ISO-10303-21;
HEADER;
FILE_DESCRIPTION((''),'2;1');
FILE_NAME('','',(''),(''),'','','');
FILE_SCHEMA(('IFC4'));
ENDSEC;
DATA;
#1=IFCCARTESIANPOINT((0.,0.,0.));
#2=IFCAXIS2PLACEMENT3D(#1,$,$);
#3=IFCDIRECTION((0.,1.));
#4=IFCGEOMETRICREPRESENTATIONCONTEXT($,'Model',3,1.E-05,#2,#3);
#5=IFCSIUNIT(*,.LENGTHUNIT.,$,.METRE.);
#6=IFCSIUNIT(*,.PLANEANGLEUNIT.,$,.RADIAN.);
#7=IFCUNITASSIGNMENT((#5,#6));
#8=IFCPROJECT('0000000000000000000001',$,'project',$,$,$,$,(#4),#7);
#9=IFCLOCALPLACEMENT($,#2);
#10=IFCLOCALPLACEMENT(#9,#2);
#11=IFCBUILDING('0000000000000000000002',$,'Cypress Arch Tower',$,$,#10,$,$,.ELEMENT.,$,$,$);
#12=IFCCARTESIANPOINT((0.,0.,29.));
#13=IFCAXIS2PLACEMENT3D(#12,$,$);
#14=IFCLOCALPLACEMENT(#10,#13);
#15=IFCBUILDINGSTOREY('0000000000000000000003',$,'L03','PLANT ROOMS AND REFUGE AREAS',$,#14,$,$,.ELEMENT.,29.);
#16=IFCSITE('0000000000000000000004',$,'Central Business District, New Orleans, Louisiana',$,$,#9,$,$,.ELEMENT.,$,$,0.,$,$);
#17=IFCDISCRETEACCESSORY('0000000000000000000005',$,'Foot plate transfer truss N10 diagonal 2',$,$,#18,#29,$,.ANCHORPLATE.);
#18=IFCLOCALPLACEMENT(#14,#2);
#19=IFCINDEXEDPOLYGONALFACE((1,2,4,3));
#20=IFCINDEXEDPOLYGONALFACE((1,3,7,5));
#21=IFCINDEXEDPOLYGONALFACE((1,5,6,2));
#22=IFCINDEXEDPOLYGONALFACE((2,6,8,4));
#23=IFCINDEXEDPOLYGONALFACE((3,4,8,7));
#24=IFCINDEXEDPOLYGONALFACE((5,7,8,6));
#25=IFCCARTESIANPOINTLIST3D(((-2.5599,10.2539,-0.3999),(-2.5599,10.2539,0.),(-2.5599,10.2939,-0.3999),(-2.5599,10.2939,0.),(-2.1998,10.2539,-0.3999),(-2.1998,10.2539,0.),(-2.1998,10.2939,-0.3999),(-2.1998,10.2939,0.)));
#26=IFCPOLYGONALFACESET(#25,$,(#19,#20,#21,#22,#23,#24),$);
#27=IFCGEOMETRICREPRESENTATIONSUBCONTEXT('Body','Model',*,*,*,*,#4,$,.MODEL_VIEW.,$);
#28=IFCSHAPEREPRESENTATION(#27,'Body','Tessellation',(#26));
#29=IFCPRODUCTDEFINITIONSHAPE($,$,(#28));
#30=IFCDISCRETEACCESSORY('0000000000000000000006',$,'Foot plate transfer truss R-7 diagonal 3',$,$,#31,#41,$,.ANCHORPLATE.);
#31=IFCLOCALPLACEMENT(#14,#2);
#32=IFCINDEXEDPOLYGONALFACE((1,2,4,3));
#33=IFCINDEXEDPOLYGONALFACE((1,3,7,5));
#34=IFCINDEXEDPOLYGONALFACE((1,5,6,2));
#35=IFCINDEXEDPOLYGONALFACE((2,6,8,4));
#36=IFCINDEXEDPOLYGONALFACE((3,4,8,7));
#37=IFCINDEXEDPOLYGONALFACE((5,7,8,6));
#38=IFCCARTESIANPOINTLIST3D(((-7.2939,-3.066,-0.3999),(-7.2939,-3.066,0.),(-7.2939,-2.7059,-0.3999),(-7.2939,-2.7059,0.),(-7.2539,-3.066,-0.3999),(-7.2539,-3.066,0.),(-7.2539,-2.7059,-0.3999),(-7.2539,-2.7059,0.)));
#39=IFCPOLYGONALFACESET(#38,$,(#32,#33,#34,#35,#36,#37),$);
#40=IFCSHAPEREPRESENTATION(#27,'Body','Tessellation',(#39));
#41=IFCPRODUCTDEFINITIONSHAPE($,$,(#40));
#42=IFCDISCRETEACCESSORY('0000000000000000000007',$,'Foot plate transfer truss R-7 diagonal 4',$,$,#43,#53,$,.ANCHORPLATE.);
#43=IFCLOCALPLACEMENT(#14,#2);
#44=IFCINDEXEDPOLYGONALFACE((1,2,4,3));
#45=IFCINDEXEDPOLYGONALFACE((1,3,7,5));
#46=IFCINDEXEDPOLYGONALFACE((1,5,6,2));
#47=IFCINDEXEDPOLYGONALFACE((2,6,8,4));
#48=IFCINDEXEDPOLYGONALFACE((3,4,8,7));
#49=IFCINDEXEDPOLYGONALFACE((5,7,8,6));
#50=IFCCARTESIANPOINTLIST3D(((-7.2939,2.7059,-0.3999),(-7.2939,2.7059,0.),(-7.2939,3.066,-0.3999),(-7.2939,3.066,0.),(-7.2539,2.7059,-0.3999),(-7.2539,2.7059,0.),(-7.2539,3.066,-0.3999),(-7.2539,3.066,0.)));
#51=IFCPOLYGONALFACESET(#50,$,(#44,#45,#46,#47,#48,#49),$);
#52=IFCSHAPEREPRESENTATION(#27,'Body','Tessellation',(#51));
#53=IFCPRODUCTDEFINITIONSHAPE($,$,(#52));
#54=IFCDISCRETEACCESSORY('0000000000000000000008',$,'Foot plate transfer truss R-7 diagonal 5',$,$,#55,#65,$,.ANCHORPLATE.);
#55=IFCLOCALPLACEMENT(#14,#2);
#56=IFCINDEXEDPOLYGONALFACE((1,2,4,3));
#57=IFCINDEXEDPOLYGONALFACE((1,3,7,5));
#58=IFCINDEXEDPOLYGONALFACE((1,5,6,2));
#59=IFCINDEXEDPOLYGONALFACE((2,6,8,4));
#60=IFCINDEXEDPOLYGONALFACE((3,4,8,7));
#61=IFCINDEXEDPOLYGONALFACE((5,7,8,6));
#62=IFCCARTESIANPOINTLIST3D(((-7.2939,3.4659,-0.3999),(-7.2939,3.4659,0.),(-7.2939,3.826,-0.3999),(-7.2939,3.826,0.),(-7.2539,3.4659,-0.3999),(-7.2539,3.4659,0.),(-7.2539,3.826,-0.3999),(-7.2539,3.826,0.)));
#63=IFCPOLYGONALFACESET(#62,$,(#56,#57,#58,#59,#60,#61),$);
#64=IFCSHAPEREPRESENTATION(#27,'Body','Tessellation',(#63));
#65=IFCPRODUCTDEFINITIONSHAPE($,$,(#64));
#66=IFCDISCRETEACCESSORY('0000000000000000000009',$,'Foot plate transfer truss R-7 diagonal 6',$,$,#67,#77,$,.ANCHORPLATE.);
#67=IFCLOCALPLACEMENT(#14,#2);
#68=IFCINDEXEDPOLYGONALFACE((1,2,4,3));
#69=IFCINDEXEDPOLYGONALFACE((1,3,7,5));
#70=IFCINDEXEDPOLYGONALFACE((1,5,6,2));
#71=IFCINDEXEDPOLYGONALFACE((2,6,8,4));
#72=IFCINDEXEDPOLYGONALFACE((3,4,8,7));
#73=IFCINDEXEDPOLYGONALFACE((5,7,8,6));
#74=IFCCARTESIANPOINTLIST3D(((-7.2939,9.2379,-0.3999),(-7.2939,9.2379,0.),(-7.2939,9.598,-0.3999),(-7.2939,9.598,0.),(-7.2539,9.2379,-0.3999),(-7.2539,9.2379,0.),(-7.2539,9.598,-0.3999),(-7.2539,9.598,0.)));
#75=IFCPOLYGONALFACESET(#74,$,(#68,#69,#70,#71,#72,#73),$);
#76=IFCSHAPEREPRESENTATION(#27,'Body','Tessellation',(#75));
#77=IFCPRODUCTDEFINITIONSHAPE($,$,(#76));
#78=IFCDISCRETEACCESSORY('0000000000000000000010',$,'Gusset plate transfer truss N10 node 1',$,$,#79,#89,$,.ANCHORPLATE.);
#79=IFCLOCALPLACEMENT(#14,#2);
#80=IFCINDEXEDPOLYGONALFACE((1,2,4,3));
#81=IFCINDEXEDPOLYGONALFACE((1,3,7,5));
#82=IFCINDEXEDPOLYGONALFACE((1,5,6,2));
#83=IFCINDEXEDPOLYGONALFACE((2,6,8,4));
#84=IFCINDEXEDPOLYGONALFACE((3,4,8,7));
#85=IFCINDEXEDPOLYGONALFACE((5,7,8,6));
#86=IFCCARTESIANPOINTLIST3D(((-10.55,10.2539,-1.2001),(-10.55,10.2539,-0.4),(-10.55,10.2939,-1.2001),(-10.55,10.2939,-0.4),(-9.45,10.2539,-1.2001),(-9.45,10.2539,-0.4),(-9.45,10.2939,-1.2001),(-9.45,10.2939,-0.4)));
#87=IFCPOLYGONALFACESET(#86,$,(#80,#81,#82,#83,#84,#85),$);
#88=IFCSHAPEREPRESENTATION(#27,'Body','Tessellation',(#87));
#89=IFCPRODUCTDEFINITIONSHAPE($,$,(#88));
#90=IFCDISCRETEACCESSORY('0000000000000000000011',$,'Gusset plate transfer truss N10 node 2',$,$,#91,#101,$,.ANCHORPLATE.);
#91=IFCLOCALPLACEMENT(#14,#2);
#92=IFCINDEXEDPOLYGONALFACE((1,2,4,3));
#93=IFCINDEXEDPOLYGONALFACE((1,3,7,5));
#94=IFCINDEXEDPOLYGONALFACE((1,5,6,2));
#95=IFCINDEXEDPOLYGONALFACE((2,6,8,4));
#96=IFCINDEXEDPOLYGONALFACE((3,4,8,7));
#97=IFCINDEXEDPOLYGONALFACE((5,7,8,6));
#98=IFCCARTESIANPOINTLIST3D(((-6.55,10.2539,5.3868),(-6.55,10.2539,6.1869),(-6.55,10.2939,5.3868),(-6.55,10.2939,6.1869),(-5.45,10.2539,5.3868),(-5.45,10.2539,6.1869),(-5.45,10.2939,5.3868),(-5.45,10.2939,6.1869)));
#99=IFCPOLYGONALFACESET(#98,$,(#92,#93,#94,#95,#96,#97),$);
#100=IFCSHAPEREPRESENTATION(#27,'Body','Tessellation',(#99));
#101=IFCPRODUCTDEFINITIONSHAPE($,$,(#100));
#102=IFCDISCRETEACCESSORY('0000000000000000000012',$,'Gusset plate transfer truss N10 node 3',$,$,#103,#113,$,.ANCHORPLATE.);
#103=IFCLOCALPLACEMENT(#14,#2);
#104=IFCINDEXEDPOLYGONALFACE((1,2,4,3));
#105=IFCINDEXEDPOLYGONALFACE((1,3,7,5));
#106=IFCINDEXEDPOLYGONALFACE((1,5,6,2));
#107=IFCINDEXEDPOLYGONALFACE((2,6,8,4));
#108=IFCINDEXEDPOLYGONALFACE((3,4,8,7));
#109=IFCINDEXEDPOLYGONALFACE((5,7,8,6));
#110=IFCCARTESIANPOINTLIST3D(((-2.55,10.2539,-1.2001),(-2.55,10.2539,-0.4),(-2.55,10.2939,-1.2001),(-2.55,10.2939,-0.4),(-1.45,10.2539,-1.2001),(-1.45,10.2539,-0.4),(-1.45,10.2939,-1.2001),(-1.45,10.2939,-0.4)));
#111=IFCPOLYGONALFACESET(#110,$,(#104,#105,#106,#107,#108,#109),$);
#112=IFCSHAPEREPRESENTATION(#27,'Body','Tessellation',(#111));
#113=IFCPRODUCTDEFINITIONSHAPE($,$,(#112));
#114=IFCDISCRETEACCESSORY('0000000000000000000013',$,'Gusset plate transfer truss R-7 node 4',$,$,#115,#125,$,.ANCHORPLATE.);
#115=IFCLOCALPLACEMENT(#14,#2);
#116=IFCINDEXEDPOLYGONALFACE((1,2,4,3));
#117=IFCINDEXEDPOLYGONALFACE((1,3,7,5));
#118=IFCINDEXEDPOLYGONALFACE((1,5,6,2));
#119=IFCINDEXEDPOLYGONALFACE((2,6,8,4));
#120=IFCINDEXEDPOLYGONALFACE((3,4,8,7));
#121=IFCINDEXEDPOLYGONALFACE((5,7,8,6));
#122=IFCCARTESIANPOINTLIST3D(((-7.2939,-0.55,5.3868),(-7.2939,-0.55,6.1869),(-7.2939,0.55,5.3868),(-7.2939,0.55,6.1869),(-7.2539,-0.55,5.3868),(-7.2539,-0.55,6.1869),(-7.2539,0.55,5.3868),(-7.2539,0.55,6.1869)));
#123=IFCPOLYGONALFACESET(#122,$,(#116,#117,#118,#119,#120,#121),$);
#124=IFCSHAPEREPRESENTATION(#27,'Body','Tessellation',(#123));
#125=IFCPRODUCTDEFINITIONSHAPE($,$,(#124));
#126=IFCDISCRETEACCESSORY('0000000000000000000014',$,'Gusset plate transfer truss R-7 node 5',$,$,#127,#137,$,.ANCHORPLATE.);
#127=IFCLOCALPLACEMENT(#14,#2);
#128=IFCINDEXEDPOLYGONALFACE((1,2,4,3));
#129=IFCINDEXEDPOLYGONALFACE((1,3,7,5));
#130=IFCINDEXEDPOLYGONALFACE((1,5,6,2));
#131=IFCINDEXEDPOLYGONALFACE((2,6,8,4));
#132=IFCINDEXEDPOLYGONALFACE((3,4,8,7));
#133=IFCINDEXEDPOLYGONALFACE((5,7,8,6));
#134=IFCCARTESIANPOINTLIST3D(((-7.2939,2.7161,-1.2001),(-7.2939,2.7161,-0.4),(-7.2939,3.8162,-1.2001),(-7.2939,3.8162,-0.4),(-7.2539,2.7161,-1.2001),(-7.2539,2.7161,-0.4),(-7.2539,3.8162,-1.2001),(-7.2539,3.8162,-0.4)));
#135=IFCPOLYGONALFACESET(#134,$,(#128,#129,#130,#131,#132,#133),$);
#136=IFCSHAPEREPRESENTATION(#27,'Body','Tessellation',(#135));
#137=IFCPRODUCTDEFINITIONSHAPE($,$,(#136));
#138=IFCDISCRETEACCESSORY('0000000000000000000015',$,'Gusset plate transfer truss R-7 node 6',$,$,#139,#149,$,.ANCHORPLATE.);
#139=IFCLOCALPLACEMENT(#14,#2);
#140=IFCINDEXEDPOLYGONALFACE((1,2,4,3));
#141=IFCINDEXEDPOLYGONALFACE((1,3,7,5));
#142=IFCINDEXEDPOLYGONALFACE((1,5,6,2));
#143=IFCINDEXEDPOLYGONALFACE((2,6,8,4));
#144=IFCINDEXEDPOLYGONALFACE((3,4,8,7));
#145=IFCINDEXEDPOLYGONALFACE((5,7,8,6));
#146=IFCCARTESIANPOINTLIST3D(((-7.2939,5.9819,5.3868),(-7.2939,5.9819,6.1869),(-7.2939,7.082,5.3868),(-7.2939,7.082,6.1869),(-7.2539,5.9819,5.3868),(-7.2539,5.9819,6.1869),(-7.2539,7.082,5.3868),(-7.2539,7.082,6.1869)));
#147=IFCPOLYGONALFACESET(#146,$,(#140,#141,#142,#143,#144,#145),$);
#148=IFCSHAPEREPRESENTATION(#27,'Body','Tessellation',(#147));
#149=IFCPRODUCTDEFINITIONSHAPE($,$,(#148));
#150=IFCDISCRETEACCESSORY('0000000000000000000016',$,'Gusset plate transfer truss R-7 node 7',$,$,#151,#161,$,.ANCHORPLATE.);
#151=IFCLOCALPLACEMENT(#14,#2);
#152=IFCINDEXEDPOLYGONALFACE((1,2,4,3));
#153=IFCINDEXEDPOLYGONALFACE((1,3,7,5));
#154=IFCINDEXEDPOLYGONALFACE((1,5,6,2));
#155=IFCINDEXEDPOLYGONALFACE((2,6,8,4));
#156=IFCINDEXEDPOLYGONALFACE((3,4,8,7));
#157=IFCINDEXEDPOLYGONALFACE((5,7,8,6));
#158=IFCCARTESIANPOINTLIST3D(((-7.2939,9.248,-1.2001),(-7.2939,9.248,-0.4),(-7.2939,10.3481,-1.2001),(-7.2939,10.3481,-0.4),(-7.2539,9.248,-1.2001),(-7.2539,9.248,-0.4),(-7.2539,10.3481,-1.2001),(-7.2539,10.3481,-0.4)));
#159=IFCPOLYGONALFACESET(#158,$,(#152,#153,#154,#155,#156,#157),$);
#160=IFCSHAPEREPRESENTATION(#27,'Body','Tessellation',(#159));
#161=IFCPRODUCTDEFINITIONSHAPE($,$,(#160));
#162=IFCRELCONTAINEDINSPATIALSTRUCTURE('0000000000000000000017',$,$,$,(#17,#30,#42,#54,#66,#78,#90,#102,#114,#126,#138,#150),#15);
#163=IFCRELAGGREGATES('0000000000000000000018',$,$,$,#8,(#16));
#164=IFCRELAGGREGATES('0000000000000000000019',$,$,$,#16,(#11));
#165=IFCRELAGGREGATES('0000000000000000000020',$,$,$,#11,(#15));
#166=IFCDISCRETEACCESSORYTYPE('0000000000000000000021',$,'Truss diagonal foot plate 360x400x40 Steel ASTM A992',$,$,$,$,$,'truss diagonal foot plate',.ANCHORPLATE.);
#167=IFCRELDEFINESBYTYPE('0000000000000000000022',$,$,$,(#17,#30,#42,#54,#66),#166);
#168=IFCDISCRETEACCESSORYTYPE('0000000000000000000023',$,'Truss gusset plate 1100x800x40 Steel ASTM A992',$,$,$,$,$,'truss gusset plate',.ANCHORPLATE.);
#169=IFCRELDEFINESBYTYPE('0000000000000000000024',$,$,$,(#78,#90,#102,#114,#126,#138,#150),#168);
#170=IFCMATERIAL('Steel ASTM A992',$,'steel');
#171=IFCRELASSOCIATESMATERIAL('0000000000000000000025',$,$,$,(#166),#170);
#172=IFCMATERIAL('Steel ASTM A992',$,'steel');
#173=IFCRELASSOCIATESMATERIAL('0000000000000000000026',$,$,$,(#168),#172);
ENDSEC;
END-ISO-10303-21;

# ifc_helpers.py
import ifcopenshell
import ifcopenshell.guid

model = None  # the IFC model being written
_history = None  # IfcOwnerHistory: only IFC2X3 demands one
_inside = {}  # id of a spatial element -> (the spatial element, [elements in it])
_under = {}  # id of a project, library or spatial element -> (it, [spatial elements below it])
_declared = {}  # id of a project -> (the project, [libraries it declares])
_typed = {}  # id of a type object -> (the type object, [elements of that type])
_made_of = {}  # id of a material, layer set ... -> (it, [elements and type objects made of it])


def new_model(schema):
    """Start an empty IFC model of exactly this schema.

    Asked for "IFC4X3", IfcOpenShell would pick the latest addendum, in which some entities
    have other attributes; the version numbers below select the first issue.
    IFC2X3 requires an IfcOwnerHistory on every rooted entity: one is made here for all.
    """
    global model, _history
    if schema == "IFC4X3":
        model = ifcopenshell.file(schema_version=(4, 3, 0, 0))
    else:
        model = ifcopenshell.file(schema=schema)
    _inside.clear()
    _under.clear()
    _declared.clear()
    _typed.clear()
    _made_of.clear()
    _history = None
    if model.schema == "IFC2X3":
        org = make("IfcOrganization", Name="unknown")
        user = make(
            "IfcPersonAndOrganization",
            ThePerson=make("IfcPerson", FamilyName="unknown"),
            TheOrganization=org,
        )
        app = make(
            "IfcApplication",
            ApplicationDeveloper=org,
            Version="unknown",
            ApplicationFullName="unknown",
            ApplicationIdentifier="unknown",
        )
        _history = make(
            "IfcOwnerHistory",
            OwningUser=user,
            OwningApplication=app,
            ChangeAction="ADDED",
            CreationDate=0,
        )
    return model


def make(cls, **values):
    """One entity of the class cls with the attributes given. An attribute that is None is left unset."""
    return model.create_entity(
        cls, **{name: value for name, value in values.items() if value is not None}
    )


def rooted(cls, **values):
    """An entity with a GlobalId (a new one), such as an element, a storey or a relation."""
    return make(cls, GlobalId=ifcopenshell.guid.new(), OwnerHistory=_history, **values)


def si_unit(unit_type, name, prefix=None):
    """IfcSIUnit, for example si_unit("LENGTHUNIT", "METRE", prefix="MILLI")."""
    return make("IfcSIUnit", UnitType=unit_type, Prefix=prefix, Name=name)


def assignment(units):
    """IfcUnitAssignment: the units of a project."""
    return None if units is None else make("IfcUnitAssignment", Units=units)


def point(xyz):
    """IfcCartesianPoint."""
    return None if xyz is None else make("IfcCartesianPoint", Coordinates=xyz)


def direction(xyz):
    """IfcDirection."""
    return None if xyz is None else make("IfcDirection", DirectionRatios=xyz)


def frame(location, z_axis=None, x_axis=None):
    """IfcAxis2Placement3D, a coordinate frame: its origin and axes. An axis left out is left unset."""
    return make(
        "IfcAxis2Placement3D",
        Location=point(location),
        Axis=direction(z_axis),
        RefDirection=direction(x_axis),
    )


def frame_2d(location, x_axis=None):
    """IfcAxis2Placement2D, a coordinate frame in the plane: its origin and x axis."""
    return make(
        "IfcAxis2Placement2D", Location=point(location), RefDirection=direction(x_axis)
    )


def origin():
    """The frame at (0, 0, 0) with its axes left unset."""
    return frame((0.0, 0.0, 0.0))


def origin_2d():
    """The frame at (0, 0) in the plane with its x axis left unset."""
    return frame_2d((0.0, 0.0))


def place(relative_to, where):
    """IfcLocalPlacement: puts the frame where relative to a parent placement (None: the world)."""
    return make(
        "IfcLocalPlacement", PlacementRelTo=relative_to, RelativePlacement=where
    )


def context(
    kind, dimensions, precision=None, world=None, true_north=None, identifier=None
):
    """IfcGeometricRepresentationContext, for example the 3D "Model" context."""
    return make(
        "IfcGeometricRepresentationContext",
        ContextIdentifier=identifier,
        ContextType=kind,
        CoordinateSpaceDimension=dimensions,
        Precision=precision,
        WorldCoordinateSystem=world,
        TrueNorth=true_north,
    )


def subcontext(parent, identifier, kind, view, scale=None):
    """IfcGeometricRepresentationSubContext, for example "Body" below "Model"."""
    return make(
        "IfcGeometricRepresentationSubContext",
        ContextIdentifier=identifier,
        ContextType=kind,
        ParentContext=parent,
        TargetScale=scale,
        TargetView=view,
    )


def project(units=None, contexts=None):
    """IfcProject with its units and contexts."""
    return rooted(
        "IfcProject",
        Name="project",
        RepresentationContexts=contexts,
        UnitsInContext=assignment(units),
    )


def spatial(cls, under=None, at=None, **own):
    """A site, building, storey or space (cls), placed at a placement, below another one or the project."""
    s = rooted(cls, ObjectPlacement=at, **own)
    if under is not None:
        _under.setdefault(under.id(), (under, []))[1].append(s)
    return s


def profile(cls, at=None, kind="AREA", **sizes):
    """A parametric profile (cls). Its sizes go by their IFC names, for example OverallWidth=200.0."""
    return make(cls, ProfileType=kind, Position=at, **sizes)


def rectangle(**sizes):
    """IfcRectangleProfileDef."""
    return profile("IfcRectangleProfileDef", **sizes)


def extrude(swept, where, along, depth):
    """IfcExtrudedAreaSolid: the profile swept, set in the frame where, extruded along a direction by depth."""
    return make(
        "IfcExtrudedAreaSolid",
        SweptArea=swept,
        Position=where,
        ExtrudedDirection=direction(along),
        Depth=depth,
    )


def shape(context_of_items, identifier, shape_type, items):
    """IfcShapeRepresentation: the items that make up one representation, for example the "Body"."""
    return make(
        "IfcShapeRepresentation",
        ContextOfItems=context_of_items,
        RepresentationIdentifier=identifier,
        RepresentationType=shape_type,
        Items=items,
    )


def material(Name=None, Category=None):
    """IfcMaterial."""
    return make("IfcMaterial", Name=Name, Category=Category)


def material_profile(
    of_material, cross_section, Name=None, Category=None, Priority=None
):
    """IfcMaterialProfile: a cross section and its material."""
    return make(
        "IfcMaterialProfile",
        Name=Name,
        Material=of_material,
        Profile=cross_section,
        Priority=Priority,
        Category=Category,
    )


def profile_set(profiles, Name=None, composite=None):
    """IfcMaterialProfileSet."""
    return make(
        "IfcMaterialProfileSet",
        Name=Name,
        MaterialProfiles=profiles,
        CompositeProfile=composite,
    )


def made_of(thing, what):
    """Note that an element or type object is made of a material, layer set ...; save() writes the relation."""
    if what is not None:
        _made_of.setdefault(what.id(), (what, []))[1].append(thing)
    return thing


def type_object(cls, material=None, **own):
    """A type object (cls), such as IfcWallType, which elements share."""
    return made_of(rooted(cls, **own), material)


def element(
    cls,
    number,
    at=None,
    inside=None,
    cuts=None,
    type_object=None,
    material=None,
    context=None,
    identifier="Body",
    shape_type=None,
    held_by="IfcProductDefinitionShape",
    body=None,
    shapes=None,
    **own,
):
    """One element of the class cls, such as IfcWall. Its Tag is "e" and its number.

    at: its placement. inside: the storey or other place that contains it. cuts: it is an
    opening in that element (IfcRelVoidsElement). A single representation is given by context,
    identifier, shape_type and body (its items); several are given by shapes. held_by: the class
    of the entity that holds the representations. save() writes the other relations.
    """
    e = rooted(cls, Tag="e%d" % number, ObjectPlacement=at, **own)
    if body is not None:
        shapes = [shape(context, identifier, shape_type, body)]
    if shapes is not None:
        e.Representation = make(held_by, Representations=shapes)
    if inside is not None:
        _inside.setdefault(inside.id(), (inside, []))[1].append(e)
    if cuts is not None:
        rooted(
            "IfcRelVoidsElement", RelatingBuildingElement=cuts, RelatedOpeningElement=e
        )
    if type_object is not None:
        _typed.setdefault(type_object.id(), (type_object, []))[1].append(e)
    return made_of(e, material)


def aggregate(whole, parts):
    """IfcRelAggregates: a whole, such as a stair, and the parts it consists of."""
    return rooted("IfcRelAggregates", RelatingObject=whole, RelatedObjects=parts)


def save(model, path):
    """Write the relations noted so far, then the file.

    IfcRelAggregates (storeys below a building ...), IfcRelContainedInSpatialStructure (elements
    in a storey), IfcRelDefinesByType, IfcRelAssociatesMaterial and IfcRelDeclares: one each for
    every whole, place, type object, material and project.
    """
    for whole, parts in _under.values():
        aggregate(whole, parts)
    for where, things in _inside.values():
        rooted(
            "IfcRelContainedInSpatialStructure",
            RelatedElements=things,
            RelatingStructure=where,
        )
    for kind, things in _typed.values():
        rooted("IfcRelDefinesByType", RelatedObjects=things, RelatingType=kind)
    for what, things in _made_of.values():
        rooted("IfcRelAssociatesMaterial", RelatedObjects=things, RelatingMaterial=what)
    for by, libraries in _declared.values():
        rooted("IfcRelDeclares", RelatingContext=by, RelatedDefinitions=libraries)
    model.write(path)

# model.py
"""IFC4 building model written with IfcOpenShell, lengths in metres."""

from ifc_helpers import new_model, si_unit, direction, frame, origin, origin_2d, place, context, subcontext, project, spatial, rectangle, extrude, material, material_profile, profile_set, type_object, element, save


model = new_model("IFC4")

# Units and contexts
model_context = context("Model", 3, precision=1e-05, world=origin(), true_north=direction((0.0, 1.0)))
body_context = subcontext(model_context, "Body", "Model", "MODEL_VIEW")
ifc_project = project(units=[si_unit("LENGTHUNIT", "METRE"), si_unit("PLANEANGLEUNIT", "RADIAN")], contexts=[model_context])

# Site, building, storey
site_placement = place(None, origin())
site = spatial("IfcSite", under=ifc_project, at=site_placement, Name="Central Business District, New Orleans, Louisiana", CompositionType="ELEMENT", RefElevation=0.0)
building_placement = place(site_placement, origin())
building = spatial("IfcBuilding", under=site, at=building_placement, Name="Cypress Arch Tower", CompositionType="ELEMENT")
storey_placement = place(building_placement, frame((0.0, 0.0, 29.0)))
storey = spatial("IfcBuildingStorey", under=building, at=storey_placement, Name="L03", Description="PLANT ROOMS AND REFUGE AREAS", CompositionType="ELEMENT", Elevation=29.0)

# Discrete accessories
ifc_material_1 = material(Name="Steel ASTM A992", Category="steel")
ifc_material_profile_1 = material_profile(ifc_material_1, rectangle(XDim=0.3601, YDim=0.3999, at=origin_2d()), Name="PL 40 360x400")
ifc_profile_set_1 = profile_set([ifc_material_profile_1], Name="Steel ASTM A992")
discrete_accessory_type_1 = type_object("IfcDiscreteAccessoryType", Name="Truss diagonal foot plate 360x400x40 Steel ASTM A992", ElementType="truss diagonal foot plate", PredefinedType="ANCHORPLATE", material=ifc_profile_set_1)
for number, where, z_axis, x_axis, name in (
    (1, (-2.3799, 10.2539, -0.2), (0.0, 1.0, 0.0), (-1.0, 0.0, 0.0), "Foot plate transfer truss N10 diagonal 2"),
    (2, (-7.2539, -2.886, -0.2), (-1.0, 0.0, 0.0), (0.0, -1.0, 0.0), "Foot plate transfer truss R-7 diagonal 3"),
    (3, (-7.2539, 2.886, -0.2), (-1.0, 0.0, 0.0), (0.0, -1.0, 0.0), "Foot plate transfer truss R-7 diagonal 4"),
    (4, (-7.2539, 3.646, -0.2), (-1.0, 0.0, 0.0), (0.0, -1.0, 0.0), "Foot plate transfer truss R-7 diagonal 5"),
    (5, (-7.2539, 9.418, -0.2), (-1.0, 0.0, 0.0), (0.0, -1.0, 0.0), "Foot plate transfer truss R-7 diagonal 6"),
):
    element("IfcDiscreteAccessory", number, at=place(storey_placement, frame(where, z_axis=z_axis, x_axis=x_axis)), inside=storey, type_object=discrete_accessory_type_1, Name=name, PredefinedType="ANCHORPLATE", context=body_context, shape_type="SweptSolid", body=[
        extrude(rectangle(XDim=0.3601, YDim=0.3999, at=origin_2d()), origin(), (0.0, 0.0, 1.0), 0.04),
    ])
ifc_material_2 = material(Name="Steel ASTM A992", Category="steel")
ifc_material_profile_2 = material_profile(ifc_material_2, rectangle(XDim=1.1001, YDim=0.8, at=origin_2d()), Name="PL 40 1100x800")
ifc_profile_set_2 = profile_set([ifc_material_profile_2], Name="Steel ASTM A992")
discrete_accessory_type_2 = type_object("IfcDiscreteAccessoryType", Name="Truss gusset plate 1100x800x40 Steel ASTM A992", ElementType="truss gusset plate", PredefinedType="ANCHORPLATE", material=ifc_profile_set_2)
for number, where, z_axis, x_axis, name in (
    (6, (-10.0, 10.2539, -0.8), (0.0, 1.0, 0.0), (-1.0, 0.0, 0.0), "Gusset plate transfer truss N10 node 1"),
    (7, (-6.0, 10.2539, 5.7869), (0.0, 1.0, 0.0), (-1.0, 0.0, 0.0), "Gusset plate transfer truss N10 node 2"),
    (8, (-2.0, 10.2539, -0.8), (0.0, 1.0, 0.0), (-1.0, 0.0, 0.0), "Gusset plate transfer truss N10 node 3"),
    (9, (-7.2539, 0.0, 5.7869), (-1.0, 0.0, 0.0), (0.0, -1.0, 0.0), "Gusset plate transfer truss R-7 node 4"),
    (10, (-7.2539, 3.2661, -0.8), (-1.0, 0.0, 0.0), (0.0, -1.0, 0.0), "Gusset plate transfer truss R-7 node 5"),
    (11, (-7.2539, 6.532, 5.7869), (-1.0, 0.0, 0.0), (0.0, -1.0, 0.0), "Gusset plate transfer truss R-7 node 6"),
    (12, (-7.2539, 9.7981, -0.8), (-1.0, 0.0, 0.0), (0.0, -1.0, 0.0), "Gusset plate transfer truss R-7 node 7"),
):
    element("IfcDiscreteAccessory", number, at=place(storey_placement, frame(where, z_axis=z_axis, x_axis=x_axis)), inside=storey, type_object=discrete_accessory_type_2, Name=name, PredefinedType="ANCHORPLATE", context=body_context, shape_type="SweptSolid", body=[
        extrude(rectangle(XDim=1.1001, YDim=0.8, at=origin_2d()), origin(), (0.0, 0.0, 1.0), 0.04),
    ])

save(model, "model.ifc")
